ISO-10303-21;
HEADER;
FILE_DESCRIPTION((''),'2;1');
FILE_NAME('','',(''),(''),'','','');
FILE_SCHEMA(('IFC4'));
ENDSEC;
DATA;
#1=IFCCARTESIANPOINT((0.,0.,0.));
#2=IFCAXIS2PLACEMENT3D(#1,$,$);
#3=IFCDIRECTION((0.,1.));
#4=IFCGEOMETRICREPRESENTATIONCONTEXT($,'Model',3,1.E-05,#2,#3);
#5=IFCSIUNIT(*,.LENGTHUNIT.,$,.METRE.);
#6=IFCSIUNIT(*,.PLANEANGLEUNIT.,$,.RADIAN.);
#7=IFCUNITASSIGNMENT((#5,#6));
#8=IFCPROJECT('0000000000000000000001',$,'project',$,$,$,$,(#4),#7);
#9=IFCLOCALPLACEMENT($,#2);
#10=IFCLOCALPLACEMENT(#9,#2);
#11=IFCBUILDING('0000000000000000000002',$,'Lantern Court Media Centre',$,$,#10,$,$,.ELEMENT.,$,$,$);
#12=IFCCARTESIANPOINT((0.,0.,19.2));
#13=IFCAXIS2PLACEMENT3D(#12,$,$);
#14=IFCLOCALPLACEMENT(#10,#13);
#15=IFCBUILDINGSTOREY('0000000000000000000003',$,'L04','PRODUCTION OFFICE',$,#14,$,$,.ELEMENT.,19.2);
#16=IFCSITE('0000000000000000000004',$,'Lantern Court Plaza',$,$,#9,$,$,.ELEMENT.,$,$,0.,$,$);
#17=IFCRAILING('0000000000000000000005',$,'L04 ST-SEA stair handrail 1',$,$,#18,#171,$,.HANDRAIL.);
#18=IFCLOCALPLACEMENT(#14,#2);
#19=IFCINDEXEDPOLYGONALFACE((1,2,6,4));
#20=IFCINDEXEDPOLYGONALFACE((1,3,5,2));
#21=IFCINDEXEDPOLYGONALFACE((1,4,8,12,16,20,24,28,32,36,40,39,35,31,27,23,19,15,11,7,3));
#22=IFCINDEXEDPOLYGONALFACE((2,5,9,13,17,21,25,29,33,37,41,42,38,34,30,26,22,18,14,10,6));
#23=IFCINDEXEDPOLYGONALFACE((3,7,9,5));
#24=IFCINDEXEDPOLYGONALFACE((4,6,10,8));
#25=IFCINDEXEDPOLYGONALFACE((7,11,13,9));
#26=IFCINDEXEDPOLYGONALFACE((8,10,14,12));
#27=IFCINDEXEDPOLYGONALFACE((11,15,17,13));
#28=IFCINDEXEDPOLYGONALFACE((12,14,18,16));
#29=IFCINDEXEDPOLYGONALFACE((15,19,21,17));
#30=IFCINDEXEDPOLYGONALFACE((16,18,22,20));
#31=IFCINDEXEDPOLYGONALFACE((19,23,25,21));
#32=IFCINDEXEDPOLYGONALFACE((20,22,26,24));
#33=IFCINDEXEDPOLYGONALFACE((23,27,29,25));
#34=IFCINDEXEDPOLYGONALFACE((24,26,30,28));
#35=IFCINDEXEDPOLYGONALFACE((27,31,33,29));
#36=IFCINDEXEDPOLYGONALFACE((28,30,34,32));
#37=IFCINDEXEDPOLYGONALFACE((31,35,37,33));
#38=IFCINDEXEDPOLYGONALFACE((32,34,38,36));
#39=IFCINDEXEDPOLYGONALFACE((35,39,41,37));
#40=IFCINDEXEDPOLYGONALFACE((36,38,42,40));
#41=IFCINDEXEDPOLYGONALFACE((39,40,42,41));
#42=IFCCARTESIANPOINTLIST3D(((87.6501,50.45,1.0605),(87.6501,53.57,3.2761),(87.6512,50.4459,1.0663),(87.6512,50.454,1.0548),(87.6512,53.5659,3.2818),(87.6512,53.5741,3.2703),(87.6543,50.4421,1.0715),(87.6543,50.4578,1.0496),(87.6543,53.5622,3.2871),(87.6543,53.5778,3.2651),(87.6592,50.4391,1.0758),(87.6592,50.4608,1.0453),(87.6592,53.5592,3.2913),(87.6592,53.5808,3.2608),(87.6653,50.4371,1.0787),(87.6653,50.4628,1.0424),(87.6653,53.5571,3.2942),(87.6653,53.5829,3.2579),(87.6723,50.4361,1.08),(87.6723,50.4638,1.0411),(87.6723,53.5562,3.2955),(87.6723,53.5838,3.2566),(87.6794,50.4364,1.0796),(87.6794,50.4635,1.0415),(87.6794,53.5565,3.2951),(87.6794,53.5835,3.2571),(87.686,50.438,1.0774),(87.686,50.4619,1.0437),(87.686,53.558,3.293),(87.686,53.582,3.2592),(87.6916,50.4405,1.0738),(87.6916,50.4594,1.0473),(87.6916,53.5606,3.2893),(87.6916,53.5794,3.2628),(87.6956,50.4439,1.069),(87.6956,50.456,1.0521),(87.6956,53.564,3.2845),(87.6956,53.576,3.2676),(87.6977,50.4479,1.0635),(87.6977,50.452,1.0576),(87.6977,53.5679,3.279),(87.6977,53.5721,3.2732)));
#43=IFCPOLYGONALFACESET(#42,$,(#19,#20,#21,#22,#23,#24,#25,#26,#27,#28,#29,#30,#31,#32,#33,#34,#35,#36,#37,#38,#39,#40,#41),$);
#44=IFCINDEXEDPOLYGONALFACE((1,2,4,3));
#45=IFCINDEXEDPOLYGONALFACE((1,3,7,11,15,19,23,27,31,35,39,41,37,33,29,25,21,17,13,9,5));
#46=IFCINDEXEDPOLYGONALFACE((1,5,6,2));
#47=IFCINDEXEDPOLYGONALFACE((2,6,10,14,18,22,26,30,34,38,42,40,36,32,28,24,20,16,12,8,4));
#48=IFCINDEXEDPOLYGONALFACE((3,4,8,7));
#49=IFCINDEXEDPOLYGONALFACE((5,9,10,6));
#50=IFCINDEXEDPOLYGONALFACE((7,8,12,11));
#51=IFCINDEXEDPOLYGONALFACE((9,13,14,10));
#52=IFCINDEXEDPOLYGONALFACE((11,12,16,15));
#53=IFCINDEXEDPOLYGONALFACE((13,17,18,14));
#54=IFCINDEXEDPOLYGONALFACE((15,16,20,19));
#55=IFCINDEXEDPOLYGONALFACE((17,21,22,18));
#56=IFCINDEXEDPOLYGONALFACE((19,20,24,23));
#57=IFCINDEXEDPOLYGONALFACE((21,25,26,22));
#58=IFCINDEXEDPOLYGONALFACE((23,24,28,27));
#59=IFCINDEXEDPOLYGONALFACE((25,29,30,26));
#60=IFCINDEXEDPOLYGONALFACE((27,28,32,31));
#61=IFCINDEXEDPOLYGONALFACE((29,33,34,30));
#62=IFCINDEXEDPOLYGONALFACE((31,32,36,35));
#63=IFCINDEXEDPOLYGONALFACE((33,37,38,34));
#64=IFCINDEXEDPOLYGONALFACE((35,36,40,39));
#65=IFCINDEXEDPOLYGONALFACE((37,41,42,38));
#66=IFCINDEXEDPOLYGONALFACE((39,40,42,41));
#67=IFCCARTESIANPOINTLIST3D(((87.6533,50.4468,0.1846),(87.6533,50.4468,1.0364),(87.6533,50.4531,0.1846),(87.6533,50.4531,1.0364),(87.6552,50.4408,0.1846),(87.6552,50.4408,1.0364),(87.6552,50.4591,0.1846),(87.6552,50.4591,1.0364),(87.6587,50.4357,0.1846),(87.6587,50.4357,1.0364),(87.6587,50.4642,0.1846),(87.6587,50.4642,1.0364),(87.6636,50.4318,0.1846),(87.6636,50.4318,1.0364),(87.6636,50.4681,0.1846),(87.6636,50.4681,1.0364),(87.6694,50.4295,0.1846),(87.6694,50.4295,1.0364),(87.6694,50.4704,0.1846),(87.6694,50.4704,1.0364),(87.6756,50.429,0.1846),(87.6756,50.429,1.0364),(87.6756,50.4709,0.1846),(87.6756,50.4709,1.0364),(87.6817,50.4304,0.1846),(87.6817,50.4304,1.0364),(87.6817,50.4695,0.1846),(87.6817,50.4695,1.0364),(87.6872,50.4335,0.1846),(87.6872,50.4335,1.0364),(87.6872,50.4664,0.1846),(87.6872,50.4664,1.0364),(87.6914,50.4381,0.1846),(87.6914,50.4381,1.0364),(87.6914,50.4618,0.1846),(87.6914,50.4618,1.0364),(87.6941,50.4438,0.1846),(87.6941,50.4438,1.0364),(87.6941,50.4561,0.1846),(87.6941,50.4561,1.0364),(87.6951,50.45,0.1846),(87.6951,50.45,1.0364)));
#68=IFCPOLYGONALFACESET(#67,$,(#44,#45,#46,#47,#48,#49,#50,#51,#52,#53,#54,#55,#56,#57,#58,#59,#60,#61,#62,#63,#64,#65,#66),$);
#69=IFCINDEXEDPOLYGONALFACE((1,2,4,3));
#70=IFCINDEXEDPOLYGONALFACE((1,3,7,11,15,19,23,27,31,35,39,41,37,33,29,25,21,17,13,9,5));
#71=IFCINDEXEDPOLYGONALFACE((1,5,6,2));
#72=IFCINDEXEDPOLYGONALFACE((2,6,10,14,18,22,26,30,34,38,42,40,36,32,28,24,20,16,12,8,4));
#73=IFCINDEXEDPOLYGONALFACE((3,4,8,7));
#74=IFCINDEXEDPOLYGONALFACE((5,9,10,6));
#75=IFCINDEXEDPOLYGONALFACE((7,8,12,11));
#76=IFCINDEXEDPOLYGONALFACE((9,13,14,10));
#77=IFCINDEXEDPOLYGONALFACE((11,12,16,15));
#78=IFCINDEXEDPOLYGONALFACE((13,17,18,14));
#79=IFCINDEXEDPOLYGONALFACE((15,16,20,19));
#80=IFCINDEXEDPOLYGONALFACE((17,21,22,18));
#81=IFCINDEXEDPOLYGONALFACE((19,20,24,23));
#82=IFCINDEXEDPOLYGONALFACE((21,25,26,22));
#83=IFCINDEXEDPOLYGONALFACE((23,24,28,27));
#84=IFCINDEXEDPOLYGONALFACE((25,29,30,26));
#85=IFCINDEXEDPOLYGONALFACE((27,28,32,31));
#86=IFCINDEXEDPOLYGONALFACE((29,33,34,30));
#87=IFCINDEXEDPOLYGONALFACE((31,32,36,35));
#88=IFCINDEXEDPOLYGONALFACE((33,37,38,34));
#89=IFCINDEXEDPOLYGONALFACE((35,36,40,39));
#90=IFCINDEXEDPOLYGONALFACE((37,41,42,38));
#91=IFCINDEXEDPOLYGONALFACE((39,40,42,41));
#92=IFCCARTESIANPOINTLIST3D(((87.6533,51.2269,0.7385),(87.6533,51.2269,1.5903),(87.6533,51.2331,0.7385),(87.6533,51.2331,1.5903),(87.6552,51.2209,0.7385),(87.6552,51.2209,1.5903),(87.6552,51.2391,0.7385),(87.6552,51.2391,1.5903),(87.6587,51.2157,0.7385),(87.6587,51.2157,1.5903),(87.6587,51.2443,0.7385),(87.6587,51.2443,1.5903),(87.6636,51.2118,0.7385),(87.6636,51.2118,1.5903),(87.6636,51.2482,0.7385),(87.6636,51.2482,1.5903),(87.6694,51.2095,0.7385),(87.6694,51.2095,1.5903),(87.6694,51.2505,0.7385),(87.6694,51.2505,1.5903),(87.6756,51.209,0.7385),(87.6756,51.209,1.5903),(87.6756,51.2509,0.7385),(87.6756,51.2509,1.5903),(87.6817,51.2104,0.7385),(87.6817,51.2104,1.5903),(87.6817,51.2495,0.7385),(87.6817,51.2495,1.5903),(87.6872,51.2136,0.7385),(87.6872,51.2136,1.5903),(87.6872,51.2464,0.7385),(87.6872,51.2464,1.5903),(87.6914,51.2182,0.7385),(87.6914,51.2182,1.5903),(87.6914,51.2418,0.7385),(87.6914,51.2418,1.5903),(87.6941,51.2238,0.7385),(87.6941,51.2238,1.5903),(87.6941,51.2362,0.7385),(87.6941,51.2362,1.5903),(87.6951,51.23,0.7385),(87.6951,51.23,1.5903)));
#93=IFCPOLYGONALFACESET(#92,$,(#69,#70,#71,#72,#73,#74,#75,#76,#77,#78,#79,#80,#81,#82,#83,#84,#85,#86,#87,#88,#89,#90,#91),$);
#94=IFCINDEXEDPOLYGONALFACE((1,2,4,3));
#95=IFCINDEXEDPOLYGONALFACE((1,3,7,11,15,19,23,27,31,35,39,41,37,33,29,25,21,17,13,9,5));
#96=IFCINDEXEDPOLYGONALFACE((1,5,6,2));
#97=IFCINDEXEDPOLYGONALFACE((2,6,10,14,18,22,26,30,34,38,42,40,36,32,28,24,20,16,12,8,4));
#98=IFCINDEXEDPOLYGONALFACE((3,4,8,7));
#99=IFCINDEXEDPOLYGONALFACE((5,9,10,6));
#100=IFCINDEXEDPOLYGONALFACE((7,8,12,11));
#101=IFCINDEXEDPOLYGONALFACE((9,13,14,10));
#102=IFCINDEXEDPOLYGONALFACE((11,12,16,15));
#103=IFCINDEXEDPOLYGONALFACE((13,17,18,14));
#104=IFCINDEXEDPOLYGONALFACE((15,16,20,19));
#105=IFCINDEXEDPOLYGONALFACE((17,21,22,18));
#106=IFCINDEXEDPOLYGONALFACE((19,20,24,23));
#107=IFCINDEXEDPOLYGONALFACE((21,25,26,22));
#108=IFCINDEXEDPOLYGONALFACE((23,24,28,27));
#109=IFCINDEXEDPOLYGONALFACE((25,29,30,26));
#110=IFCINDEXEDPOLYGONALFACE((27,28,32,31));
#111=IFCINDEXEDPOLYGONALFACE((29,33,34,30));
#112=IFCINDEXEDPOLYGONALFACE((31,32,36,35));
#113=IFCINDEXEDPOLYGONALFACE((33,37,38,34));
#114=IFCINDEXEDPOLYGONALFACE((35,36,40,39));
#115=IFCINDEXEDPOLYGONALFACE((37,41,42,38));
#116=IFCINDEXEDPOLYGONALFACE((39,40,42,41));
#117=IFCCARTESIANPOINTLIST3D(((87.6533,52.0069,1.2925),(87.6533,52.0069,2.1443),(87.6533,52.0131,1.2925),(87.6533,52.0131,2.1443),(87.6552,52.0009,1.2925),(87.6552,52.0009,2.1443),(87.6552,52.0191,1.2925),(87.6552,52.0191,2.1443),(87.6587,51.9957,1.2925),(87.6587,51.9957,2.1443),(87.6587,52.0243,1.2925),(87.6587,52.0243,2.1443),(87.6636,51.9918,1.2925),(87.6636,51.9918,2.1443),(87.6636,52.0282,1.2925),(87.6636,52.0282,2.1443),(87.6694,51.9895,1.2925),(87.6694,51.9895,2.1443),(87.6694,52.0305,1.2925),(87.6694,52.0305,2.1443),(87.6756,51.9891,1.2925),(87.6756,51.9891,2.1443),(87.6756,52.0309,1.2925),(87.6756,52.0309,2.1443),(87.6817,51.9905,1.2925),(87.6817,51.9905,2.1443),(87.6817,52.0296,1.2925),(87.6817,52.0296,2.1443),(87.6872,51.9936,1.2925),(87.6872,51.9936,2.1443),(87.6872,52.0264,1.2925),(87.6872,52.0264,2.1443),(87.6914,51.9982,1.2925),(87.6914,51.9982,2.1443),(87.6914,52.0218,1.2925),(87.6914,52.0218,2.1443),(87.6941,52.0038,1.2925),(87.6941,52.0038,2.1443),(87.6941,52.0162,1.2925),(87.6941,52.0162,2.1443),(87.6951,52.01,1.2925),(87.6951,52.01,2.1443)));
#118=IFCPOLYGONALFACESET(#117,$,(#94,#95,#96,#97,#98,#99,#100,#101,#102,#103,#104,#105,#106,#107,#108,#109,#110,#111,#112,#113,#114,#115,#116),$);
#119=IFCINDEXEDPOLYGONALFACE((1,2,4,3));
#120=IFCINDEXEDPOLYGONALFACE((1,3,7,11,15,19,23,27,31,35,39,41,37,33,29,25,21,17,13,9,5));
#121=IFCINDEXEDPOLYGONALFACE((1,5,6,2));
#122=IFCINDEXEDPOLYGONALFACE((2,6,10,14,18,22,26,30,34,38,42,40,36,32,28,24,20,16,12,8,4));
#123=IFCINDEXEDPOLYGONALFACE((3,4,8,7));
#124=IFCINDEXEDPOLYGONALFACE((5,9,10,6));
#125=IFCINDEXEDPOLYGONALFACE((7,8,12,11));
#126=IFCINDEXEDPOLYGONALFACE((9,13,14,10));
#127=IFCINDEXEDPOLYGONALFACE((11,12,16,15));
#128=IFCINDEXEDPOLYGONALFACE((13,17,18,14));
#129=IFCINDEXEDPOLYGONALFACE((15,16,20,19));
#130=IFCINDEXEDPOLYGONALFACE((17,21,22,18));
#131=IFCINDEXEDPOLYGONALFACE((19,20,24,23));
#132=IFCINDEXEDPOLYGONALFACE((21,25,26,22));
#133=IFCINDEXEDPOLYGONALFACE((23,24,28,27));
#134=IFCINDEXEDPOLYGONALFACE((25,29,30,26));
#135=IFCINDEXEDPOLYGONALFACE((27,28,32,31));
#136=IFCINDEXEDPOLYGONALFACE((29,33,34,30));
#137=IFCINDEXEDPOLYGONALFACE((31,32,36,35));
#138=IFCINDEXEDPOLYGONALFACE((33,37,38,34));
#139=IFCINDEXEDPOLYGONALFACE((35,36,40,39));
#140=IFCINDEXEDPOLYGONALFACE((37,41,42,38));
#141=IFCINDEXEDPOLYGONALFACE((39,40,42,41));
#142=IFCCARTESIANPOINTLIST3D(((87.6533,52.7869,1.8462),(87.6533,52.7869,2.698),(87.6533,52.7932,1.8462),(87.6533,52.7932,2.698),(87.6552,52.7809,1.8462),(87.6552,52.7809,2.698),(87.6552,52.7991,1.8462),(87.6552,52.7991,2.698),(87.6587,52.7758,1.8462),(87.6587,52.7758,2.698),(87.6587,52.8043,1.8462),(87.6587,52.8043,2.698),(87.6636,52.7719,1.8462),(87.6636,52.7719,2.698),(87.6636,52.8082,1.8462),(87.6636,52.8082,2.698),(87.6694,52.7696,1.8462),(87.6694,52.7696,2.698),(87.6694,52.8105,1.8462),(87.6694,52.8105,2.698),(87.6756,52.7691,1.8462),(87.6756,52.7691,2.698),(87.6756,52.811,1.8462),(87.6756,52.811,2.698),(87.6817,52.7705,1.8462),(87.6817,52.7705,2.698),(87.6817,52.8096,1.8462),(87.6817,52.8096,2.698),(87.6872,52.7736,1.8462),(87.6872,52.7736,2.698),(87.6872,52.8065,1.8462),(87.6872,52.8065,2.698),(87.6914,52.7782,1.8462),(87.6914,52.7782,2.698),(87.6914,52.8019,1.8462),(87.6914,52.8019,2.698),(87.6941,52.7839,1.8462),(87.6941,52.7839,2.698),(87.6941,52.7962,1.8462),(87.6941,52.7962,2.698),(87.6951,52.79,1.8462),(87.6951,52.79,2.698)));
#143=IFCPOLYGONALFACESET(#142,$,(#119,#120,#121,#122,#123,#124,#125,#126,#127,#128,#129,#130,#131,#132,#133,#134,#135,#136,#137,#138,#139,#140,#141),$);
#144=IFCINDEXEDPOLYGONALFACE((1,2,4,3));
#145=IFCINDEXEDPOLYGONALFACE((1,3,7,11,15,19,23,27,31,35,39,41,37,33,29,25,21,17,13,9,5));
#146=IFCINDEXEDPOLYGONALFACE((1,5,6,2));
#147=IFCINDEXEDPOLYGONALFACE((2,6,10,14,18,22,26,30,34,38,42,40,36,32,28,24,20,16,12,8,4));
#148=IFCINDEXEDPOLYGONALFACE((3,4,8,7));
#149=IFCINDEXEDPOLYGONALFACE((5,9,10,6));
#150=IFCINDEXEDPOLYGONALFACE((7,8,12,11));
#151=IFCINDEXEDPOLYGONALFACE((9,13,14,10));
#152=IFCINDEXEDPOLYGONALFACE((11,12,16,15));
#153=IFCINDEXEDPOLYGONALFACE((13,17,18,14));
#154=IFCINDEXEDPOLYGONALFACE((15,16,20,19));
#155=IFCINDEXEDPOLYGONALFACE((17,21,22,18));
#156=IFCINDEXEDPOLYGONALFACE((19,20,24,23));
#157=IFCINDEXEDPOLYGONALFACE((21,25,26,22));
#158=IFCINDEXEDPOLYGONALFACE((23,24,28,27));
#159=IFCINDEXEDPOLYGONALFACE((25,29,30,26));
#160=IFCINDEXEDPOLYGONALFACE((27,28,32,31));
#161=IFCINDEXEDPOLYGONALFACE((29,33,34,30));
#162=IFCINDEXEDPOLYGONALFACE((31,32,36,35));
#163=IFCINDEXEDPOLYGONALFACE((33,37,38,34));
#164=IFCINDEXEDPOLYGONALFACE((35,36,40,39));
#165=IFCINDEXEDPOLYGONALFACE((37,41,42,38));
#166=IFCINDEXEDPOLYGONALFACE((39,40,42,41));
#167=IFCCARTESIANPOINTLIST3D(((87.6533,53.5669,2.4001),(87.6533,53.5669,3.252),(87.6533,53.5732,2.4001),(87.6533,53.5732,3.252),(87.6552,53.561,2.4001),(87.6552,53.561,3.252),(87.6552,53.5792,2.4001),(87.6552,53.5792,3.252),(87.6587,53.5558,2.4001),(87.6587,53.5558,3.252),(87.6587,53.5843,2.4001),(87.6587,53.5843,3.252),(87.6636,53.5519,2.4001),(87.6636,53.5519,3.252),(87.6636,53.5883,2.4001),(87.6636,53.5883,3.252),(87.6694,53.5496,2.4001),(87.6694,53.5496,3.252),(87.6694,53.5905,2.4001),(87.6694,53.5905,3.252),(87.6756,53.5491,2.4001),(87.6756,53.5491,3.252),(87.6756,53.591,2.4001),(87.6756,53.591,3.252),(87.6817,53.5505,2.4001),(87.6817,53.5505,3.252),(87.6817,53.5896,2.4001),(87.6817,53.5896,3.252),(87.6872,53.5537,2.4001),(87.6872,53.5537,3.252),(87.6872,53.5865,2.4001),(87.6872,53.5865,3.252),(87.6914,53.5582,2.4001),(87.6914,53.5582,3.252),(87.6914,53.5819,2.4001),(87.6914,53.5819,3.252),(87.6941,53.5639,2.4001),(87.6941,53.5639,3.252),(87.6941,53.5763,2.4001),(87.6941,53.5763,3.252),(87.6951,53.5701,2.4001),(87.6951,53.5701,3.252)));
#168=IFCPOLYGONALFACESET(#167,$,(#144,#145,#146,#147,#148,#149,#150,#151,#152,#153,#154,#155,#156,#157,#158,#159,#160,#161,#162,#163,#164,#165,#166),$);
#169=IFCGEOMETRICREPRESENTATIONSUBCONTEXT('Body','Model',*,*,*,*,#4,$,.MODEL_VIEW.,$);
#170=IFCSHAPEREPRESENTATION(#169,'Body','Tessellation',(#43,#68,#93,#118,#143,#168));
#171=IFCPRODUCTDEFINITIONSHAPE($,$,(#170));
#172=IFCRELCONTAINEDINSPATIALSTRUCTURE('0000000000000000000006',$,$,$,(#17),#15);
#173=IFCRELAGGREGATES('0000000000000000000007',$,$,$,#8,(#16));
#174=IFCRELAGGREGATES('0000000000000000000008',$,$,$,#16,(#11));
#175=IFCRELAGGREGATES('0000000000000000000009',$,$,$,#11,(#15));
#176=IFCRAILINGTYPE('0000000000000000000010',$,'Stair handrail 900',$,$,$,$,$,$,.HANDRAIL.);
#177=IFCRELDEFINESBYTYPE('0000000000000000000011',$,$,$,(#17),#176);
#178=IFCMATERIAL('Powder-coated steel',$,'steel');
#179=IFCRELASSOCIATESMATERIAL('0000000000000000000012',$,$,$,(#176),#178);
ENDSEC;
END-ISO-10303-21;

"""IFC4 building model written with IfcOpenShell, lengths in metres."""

from ifc_helpers import new_model, si_unit, direction, frame, origin, origin_2d, place, context, subcontext, project, spatial, circle, extrude, material, type_object, element, save


model = new_model("IFC4")

# Units and contexts
model_context = context("Model", 3, precision=1e-05, world=origin(), true_north=direction((0.0, 1.0)))
body_context = subcontext(model_context, "Body", "Model", "MODEL_VIEW")
ifc_project = project(units=[si_unit("LENGTHUNIT", "METRE"), si_unit("PLANEANGLEUNIT", "RADIAN")], contexts=[model_context])

# Site, building, storey
site_placement = place(None, origin())
site = spatial("IfcSite", under=ifc_project, at=site_placement, Name="Lantern Court Plaza", CompositionType="ELEMENT", RefElevation=0.0)
building_placement = place(site_placement, origin())
building = spatial("IfcBuilding", under=site, at=building_placement, Name="Lantern Court Media Centre", CompositionType="ELEMENT")
storey_placement = place(building_placement, frame((0.0, 0.0, 19.2)))
storey = spatial("IfcBuildingStorey", under=building, at=storey_placement, Name="L04", Description="PRODUCTION OFFICE", CompositionType="ELEMENT", Elevation=19.2)

# Shared definitions
ifc_material_1 = material(Name="Powder-coated steel", Category="steel")

# Railing
railing_type_1 = type_object("IfcRailingType", Name="Stair handrail 900", PredefinedType="HANDRAIL", material=ifc_material_1)
railing_1_placement = place(storey_placement, frame((87.6741, 50.45, 0.1846)))
element("IfcRailing", 1, at=railing_1_placement, inside=storey, type_object=railing_type_1, Name="L04 ST-SEA stair handrail 1", PredefinedType="HANDRAIL", context=body_context, shape_type="SweptSolid", body=[
    extrude(circle(Radius=0.0239, at=origin_2d()), frame((0.0, 0.0, 0.876), z_axis=(0.0, 0.815347, 0.578973), x_axis=(-1.0, 0.0, 0.0)), (0.0, 0.0, 1.0), 3.8267),
    extrude(circle(Radius=0.021, at=origin_2d()), origin(), (0.0, 0.0, 1.0), 0.8518),
    extrude(circle(Radius=0.021, at=origin_2d()), frame((0.0, 0.78, 0.554)), (0.0, 0.0, 1.0), 0.8518),
    extrude(circle(Radius=0.021, at=origin_2d()), frame((0.0, 1.5601, 1.1079)), (0.0, 0.0, 1.0), 0.8518),
    extrude(circle(Radius=0.021, at=origin_2d()), frame((0.0, 2.3401, 1.6616)), (0.0, 0.0, 1.0), 0.8518),
    extrude(circle(Radius=0.021, at=origin_2d()), frame((0.0, 3.1201, 2.2156)), (0.0, 0.0, 1.0), 0.8518),
])

save(model, "model.ifc")
